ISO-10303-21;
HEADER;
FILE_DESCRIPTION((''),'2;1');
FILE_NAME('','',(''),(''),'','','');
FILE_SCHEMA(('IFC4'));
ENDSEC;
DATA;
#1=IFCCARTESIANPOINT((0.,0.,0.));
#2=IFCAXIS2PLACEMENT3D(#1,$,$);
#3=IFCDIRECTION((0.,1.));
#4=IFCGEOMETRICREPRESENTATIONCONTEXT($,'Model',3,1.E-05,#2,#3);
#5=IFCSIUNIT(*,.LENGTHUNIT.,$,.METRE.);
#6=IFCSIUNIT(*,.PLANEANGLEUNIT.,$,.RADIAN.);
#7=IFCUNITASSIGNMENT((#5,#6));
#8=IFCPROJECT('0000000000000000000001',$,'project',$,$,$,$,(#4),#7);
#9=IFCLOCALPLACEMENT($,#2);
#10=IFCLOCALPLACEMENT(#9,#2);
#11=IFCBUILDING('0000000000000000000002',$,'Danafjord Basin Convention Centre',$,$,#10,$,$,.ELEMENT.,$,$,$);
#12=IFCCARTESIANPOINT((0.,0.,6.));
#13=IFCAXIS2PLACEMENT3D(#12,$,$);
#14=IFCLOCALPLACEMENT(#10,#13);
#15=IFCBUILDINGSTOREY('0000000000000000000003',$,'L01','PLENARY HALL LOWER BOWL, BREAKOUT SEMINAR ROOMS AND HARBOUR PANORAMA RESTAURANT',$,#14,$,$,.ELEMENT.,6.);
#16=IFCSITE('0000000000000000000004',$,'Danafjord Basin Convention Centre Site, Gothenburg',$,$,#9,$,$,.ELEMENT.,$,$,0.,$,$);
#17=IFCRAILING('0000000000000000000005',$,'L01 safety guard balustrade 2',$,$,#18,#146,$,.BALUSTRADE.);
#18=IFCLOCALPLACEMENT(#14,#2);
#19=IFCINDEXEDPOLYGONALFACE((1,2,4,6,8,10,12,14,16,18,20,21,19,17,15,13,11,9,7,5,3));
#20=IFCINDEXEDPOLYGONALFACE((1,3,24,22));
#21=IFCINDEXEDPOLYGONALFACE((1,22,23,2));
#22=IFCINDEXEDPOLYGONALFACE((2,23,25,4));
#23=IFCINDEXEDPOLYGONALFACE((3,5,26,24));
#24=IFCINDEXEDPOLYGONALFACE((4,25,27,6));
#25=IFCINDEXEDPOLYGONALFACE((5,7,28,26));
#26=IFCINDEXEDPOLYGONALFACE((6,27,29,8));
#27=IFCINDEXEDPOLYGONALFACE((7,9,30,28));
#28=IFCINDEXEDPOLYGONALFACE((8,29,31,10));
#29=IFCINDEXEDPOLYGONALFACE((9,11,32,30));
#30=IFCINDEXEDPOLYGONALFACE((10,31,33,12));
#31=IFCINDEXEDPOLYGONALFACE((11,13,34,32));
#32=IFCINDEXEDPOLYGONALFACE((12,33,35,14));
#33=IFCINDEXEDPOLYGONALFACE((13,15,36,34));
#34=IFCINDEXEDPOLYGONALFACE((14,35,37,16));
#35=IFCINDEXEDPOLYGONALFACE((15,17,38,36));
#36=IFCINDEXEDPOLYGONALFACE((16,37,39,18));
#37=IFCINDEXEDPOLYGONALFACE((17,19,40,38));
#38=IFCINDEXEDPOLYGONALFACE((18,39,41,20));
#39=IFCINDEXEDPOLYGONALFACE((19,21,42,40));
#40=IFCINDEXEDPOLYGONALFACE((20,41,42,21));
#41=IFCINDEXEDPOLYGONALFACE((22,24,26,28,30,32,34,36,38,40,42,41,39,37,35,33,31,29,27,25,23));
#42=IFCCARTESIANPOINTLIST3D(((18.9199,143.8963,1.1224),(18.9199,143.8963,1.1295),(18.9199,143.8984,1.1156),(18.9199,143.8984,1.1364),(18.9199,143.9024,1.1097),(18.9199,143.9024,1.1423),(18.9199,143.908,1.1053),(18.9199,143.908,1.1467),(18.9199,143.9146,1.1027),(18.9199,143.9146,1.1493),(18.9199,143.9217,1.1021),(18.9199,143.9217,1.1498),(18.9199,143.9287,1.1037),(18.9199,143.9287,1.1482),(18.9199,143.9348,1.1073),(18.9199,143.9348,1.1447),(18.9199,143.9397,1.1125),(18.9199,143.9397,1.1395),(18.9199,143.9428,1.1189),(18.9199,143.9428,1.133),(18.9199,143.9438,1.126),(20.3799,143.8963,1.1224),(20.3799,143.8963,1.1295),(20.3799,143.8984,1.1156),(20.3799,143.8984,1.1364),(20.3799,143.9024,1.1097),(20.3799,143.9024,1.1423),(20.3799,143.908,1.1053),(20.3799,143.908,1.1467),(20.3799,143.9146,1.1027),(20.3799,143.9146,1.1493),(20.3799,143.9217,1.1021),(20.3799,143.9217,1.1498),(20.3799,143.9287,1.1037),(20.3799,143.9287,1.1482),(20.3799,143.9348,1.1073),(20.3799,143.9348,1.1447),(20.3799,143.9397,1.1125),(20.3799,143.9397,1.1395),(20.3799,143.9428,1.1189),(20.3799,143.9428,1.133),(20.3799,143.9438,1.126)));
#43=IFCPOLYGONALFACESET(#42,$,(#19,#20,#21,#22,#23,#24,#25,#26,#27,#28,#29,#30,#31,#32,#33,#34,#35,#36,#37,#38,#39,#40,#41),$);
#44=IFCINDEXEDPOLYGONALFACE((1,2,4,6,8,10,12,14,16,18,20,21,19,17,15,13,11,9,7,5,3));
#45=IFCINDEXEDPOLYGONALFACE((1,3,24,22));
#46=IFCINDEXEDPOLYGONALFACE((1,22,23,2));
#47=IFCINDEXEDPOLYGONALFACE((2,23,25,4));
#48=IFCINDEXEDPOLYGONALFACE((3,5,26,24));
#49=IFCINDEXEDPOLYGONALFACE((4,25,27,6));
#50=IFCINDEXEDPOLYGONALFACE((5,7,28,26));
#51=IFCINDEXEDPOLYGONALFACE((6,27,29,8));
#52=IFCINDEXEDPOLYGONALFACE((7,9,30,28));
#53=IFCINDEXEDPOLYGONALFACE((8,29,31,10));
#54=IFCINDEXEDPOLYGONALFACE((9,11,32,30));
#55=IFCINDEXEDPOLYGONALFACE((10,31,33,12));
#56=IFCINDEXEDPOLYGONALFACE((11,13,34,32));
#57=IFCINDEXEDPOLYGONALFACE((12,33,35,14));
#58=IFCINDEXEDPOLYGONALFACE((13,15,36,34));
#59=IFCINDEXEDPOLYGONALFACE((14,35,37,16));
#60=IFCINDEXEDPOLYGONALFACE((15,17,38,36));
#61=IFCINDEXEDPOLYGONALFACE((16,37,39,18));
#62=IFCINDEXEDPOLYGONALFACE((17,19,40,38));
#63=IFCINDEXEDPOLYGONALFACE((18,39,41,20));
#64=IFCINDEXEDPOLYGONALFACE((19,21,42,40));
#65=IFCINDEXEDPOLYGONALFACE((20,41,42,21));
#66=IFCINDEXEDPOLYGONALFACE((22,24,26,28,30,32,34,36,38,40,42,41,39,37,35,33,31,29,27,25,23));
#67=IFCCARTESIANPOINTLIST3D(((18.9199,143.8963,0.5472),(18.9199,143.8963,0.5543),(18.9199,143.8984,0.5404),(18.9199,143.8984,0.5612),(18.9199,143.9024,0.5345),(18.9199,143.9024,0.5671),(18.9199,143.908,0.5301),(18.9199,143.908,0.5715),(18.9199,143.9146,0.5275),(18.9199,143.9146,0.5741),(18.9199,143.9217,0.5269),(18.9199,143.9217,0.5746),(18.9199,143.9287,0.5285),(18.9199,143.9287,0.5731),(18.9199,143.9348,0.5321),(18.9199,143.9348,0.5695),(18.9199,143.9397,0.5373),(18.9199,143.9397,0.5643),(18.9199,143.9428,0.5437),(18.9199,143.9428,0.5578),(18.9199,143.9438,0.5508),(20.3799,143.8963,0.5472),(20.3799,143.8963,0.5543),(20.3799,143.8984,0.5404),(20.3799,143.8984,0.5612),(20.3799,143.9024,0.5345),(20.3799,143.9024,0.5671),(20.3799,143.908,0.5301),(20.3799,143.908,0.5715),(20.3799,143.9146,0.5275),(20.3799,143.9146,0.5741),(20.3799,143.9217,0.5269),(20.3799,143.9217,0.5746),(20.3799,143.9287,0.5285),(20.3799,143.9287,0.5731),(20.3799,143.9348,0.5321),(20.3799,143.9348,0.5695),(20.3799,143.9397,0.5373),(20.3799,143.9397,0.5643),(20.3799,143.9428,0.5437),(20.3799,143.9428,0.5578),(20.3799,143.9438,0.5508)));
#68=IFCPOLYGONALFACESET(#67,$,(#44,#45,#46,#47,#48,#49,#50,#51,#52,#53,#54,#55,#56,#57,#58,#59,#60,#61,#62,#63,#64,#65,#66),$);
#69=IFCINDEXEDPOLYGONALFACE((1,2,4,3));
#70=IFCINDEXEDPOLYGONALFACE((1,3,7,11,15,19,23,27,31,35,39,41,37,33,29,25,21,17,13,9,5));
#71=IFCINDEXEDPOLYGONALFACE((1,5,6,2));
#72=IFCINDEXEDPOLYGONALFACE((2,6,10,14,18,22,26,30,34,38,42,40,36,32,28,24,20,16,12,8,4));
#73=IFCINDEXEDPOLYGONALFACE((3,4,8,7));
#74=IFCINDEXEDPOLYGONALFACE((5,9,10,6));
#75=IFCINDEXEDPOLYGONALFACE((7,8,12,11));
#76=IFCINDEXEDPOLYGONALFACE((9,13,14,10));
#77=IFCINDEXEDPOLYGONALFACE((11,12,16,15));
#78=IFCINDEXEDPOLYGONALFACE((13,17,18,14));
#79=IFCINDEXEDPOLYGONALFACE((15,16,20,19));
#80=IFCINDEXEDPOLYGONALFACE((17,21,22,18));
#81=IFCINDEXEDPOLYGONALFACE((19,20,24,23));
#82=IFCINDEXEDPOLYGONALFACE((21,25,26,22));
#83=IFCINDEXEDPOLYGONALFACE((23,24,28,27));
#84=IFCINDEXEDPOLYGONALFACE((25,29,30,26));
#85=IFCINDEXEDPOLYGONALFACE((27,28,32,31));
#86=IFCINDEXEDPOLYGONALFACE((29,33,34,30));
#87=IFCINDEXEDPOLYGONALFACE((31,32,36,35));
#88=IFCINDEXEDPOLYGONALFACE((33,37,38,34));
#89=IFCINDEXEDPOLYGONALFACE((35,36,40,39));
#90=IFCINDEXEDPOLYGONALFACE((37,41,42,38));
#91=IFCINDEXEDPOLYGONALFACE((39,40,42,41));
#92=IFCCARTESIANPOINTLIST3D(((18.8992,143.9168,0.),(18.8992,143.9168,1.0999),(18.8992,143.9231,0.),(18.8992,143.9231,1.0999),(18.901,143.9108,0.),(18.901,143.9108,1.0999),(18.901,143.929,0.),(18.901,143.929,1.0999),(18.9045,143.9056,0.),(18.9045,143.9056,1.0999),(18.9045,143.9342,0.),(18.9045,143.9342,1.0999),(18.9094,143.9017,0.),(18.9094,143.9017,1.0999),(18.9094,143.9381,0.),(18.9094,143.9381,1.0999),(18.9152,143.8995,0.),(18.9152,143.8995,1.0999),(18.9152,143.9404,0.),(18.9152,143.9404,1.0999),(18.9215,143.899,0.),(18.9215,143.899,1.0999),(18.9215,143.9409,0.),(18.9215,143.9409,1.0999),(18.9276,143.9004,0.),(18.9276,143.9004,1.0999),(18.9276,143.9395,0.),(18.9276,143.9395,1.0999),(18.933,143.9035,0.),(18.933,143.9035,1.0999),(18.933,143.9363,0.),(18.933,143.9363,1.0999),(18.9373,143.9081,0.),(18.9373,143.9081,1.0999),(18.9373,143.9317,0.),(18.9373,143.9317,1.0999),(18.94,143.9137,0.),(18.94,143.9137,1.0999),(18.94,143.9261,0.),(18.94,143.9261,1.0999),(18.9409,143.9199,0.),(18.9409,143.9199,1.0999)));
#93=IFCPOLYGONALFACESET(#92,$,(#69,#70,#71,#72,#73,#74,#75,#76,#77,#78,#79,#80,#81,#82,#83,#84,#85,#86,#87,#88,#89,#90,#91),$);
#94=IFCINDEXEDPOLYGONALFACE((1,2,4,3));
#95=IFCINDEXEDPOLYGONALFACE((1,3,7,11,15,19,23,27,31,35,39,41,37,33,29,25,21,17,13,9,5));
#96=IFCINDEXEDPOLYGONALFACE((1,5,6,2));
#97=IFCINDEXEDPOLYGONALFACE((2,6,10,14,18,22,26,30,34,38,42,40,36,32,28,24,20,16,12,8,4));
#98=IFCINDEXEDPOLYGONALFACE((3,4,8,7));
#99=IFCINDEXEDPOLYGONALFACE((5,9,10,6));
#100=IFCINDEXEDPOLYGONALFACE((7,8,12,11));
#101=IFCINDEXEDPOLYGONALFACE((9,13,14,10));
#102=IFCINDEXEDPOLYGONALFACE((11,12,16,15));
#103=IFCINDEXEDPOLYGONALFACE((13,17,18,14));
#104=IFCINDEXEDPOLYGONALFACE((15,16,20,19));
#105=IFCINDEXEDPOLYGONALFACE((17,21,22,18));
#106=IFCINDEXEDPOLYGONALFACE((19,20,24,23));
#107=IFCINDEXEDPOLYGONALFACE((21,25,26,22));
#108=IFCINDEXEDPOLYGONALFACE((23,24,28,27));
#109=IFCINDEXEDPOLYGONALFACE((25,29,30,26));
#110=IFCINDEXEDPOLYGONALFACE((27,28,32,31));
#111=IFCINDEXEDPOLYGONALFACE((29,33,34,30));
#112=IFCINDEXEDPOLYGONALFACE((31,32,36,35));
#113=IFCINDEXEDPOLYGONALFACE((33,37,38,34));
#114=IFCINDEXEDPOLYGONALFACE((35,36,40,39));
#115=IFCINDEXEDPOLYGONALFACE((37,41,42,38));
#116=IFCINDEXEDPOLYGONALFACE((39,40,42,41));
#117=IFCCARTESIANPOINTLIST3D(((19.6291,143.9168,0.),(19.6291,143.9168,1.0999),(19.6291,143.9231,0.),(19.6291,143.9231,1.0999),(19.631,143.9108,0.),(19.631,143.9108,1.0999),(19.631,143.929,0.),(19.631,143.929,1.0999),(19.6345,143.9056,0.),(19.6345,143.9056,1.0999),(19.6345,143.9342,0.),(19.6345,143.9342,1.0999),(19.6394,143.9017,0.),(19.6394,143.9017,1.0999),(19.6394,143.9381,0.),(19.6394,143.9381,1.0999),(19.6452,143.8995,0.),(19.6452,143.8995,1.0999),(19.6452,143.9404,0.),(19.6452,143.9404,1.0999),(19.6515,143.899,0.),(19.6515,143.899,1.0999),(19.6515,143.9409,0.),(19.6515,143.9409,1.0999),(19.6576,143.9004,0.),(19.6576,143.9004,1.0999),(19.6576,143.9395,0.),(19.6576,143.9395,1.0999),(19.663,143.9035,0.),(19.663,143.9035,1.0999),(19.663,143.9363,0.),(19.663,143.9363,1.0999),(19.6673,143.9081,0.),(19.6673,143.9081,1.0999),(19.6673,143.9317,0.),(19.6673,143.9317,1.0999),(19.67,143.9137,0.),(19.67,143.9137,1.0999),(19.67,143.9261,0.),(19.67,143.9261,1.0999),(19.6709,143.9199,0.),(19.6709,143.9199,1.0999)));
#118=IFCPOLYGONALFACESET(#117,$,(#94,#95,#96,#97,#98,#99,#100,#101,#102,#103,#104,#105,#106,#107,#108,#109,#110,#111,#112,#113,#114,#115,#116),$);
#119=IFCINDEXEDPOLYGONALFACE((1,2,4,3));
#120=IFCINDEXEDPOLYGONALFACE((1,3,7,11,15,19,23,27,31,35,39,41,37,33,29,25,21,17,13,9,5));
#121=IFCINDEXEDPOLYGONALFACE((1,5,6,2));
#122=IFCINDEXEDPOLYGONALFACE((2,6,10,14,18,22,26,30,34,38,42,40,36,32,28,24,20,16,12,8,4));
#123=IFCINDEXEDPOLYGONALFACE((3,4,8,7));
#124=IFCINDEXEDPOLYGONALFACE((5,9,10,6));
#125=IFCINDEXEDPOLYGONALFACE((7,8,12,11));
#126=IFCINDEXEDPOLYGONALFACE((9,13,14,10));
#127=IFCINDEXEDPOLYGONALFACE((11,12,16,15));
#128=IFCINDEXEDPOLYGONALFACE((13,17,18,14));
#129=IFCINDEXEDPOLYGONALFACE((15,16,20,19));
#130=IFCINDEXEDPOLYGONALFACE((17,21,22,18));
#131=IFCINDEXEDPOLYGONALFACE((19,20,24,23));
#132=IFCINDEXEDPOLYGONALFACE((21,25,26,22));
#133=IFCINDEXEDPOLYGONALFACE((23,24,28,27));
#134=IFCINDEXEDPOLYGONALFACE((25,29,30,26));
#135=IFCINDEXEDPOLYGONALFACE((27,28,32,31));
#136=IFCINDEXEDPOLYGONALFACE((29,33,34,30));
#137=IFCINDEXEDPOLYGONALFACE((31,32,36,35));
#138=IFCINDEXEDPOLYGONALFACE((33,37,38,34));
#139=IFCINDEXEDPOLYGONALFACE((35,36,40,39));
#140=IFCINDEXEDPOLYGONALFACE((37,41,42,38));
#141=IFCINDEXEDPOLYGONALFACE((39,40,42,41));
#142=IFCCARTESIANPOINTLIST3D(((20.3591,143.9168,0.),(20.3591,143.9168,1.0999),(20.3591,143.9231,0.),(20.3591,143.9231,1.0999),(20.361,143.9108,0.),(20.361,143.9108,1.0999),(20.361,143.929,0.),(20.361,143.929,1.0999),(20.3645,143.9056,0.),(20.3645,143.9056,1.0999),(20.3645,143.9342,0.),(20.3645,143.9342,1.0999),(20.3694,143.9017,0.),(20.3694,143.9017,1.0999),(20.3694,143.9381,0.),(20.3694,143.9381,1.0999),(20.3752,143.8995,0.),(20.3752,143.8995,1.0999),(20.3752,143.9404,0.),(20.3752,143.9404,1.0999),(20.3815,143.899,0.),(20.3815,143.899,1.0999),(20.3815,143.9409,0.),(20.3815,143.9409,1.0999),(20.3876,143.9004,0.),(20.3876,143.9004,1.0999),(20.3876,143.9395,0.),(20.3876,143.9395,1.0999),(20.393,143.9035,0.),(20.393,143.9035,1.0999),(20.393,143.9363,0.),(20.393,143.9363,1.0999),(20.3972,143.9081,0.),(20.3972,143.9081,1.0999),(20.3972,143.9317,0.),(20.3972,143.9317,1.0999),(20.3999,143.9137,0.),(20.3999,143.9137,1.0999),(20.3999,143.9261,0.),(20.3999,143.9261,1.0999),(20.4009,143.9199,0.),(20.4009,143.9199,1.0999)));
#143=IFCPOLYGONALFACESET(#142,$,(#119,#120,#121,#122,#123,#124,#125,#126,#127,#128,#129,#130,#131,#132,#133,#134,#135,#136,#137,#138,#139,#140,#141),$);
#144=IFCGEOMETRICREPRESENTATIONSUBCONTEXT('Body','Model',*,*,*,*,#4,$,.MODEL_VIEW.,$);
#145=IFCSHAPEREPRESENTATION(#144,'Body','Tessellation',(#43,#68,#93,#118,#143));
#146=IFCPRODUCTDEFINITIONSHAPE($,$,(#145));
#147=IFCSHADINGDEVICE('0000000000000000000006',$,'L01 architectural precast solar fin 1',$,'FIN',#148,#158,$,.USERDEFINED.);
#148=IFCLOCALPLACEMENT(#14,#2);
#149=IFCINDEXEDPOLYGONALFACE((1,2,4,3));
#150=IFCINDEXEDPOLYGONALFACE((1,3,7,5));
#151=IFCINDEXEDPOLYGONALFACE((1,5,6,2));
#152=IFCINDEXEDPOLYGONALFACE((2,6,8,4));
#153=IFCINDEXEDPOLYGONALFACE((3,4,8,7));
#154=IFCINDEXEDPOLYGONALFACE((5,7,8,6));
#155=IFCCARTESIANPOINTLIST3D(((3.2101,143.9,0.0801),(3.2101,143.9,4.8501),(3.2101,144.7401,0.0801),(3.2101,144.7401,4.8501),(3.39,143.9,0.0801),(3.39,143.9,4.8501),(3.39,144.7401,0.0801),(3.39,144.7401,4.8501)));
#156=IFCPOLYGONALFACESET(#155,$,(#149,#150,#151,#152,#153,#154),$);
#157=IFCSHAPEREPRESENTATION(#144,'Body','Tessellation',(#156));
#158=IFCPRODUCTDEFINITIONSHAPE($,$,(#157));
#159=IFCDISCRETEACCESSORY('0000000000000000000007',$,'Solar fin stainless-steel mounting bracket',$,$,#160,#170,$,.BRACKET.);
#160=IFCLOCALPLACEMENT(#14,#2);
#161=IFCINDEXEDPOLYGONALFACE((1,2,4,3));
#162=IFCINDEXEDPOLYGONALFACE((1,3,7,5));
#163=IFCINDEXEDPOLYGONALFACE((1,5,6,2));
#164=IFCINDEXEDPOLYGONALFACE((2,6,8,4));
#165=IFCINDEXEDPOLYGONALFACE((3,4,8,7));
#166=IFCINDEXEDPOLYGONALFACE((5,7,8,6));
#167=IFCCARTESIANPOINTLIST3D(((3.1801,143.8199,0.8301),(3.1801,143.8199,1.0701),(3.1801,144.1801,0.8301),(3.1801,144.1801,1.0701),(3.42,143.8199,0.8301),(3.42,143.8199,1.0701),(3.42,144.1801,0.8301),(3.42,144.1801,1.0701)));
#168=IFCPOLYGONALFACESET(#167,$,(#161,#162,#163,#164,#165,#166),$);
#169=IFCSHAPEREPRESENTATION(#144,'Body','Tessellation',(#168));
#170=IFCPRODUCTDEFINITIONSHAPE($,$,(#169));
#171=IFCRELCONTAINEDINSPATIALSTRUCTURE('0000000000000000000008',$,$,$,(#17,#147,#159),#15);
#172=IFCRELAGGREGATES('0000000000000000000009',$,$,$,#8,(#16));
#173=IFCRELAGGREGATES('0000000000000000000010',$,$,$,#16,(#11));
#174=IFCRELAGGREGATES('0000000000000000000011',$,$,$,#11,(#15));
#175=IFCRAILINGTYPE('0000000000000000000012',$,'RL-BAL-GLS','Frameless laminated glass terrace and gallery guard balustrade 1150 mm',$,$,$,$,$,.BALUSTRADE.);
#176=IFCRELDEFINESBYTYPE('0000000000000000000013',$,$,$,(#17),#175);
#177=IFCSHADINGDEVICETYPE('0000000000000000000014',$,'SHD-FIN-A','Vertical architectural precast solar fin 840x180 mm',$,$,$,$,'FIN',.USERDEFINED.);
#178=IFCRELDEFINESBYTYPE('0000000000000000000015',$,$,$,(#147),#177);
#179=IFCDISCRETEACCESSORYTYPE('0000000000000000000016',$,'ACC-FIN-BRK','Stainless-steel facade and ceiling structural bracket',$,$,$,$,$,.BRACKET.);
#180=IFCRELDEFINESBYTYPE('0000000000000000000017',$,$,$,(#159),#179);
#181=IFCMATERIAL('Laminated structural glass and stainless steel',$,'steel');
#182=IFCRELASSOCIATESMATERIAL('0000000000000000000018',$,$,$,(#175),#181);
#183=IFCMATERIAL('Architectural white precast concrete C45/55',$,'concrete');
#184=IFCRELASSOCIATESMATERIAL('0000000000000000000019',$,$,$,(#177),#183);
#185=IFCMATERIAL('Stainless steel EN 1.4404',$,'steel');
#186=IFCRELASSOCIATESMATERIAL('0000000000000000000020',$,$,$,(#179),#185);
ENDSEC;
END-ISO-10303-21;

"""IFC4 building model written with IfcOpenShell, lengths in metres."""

from ifc_helpers import new_model, si_unit, direction, frame, origin, origin_2d, place, context, subcontext, project, spatial, rectangle, circle, extrude, material, type_object, element, save


model = new_model("IFC4")

# Units and contexts
model_context = context("Model", 3, precision=1e-05, world=origin(), true_north=direction((0.0, 1.0)))
body_context = subcontext(model_context, "Body", "Model", "MODEL_VIEW")
ifc_project = project(units=[si_unit("LENGTHUNIT", "METRE"), si_unit("PLANEANGLEUNIT", "RADIAN")], contexts=[model_context])

# Site, building, storey
site_placement = place(None, origin())
site = spatial("IfcSite", under=ifc_project, at=site_placement, Name="Danafjord Basin Convention Centre Site, Gothenburg", CompositionType="ELEMENT", RefElevation=0.0)
building_placement = place(site_placement, origin())
building = spatial("IfcBuilding", under=site, at=building_placement, Name="Danafjord Basin Convention Centre", CompositionType="ELEMENT")
storey_placement = place(building_placement, frame((0.0, 0.0, 6.0)))
storey = spatial("IfcBuildingStorey", under=building, at=storey_placement, Name="L01", Description="PLENARY HALL LOWER BOWL, BREAKOUT SEMINAR ROOMS AND HARBOUR PANORAMA RESTAURANT", CompositionType="ELEMENT", Elevation=6.0)

# Railing
ifc_material_1 = material(Name="Laminated structural glass and stainless steel", Category="steel")
railing_type = type_object("IfcRailingType", Name="RL-BAL-GLS", Description="Frameless laminated glass terrace and gallery guard balustrade 1150 mm", PredefinedType="BALUSTRADE", material=ifc_material_1)
for number, where, name in (
    (1, (18.9199, 143.9199, 0.0), "L01 safety guard balustrade 2"),
):
    element("IfcRailing", number, at=place(storey_placement, frame(where)), inside=storey, type_object=railing_type, Name=name, PredefinedType="BALUSTRADE", context=body_context, shape_type="SweptSolid", body=[
        extrude(circle(Radius=0.0239, at=origin_2d()), frame((0.0, 0.0, 1.126), z_axis=(1.0, 0.0, 0.0), x_axis=(0.0, 1.0, 0.0)), (0.0, 0.0, 1.0), 1.46),
        extrude(circle(Radius=0.0239, at=origin_2d()), frame((0.0, 0.0, 0.5508), z_axis=(1.0, 0.0, 0.0), x_axis=(0.0, 1.0, 0.0)), (0.0, 0.0, 1.0), 1.46),
        extrude(circle(Radius=0.021, at=origin_2d()), origin(), (0.0, 0.0, 1.0), 1.0999),
        extrude(circle(Radius=0.021, at=origin_2d()), frame((0.73, 0.0, 0.0)), (0.0, 0.0, 1.0), 1.0999),
        extrude(circle(Radius=0.021, at=origin_2d()), frame((1.46, 0.0, 0.0)), (0.0, 0.0, 1.0), 1.0999),
    ])

# Shading device
ifc_material_2 = material(Name="Architectural white precast concrete C45/55", Category="concrete")
shading_device_type = type_object("IfcShadingDeviceType", Name="SHD-FIN-A", Description="Vertical architectural precast solar fin 840x180 mm", ElementType="FIN", PredefinedType="USERDEFINED", material=ifc_material_2)
shading_device_placement = place(storey_placement, frame((3.3, 144.3201, 0.0801), z_axis=(0.0, 0.0, 1.0), x_axis=(1.0, 0.0, 0.0)))
element("IfcShadingDevice", 2, at=shading_device_placement, inside=storey, type_object=shading_device_type, Name="L01 architectural precast solar fin 1", ObjectType="FIN", PredefinedType="USERDEFINED", context=body_context, shape_type="SweptSolid", body=[
    extrude(rectangle(XDim=0.1799, YDim=0.8401, at=origin_2d()), origin(), (0.0, 0.0, 1.0), 4.77),
])

# Discrete accessory
ifc_material_3 = material(Name="Stainless steel EN 1.4404", Category="steel")
discrete_accessory_type = type_object("IfcDiscreteAccessoryType", Name="ACC-FIN-BRK", Description="Stainless-steel facade and ceiling structural bracket", PredefinedType="BRACKET", material=ifc_material_3)
discrete_accessory_placement = place(storey_placement, frame((3.3, 144.0, 0.8301), z_axis=(0.0, 0.0, 1.0), x_axis=(1.0, 0.0, 0.0)))
element("IfcDiscreteAccessory", 3, at=discrete_accessory_placement, inside=storey, type_object=discrete_accessory_type, Name="Solar fin stainless-steel mounting bracket", PredefinedType="BRACKET", context=body_context, shape_type="SweptSolid", body=[
    extrude(rectangle(XDim=0.24, YDim=0.3601, at=origin_2d()), origin(), (0.0, 0.0, 1.0), 0.24),
])

save(model, "model.ifc")
